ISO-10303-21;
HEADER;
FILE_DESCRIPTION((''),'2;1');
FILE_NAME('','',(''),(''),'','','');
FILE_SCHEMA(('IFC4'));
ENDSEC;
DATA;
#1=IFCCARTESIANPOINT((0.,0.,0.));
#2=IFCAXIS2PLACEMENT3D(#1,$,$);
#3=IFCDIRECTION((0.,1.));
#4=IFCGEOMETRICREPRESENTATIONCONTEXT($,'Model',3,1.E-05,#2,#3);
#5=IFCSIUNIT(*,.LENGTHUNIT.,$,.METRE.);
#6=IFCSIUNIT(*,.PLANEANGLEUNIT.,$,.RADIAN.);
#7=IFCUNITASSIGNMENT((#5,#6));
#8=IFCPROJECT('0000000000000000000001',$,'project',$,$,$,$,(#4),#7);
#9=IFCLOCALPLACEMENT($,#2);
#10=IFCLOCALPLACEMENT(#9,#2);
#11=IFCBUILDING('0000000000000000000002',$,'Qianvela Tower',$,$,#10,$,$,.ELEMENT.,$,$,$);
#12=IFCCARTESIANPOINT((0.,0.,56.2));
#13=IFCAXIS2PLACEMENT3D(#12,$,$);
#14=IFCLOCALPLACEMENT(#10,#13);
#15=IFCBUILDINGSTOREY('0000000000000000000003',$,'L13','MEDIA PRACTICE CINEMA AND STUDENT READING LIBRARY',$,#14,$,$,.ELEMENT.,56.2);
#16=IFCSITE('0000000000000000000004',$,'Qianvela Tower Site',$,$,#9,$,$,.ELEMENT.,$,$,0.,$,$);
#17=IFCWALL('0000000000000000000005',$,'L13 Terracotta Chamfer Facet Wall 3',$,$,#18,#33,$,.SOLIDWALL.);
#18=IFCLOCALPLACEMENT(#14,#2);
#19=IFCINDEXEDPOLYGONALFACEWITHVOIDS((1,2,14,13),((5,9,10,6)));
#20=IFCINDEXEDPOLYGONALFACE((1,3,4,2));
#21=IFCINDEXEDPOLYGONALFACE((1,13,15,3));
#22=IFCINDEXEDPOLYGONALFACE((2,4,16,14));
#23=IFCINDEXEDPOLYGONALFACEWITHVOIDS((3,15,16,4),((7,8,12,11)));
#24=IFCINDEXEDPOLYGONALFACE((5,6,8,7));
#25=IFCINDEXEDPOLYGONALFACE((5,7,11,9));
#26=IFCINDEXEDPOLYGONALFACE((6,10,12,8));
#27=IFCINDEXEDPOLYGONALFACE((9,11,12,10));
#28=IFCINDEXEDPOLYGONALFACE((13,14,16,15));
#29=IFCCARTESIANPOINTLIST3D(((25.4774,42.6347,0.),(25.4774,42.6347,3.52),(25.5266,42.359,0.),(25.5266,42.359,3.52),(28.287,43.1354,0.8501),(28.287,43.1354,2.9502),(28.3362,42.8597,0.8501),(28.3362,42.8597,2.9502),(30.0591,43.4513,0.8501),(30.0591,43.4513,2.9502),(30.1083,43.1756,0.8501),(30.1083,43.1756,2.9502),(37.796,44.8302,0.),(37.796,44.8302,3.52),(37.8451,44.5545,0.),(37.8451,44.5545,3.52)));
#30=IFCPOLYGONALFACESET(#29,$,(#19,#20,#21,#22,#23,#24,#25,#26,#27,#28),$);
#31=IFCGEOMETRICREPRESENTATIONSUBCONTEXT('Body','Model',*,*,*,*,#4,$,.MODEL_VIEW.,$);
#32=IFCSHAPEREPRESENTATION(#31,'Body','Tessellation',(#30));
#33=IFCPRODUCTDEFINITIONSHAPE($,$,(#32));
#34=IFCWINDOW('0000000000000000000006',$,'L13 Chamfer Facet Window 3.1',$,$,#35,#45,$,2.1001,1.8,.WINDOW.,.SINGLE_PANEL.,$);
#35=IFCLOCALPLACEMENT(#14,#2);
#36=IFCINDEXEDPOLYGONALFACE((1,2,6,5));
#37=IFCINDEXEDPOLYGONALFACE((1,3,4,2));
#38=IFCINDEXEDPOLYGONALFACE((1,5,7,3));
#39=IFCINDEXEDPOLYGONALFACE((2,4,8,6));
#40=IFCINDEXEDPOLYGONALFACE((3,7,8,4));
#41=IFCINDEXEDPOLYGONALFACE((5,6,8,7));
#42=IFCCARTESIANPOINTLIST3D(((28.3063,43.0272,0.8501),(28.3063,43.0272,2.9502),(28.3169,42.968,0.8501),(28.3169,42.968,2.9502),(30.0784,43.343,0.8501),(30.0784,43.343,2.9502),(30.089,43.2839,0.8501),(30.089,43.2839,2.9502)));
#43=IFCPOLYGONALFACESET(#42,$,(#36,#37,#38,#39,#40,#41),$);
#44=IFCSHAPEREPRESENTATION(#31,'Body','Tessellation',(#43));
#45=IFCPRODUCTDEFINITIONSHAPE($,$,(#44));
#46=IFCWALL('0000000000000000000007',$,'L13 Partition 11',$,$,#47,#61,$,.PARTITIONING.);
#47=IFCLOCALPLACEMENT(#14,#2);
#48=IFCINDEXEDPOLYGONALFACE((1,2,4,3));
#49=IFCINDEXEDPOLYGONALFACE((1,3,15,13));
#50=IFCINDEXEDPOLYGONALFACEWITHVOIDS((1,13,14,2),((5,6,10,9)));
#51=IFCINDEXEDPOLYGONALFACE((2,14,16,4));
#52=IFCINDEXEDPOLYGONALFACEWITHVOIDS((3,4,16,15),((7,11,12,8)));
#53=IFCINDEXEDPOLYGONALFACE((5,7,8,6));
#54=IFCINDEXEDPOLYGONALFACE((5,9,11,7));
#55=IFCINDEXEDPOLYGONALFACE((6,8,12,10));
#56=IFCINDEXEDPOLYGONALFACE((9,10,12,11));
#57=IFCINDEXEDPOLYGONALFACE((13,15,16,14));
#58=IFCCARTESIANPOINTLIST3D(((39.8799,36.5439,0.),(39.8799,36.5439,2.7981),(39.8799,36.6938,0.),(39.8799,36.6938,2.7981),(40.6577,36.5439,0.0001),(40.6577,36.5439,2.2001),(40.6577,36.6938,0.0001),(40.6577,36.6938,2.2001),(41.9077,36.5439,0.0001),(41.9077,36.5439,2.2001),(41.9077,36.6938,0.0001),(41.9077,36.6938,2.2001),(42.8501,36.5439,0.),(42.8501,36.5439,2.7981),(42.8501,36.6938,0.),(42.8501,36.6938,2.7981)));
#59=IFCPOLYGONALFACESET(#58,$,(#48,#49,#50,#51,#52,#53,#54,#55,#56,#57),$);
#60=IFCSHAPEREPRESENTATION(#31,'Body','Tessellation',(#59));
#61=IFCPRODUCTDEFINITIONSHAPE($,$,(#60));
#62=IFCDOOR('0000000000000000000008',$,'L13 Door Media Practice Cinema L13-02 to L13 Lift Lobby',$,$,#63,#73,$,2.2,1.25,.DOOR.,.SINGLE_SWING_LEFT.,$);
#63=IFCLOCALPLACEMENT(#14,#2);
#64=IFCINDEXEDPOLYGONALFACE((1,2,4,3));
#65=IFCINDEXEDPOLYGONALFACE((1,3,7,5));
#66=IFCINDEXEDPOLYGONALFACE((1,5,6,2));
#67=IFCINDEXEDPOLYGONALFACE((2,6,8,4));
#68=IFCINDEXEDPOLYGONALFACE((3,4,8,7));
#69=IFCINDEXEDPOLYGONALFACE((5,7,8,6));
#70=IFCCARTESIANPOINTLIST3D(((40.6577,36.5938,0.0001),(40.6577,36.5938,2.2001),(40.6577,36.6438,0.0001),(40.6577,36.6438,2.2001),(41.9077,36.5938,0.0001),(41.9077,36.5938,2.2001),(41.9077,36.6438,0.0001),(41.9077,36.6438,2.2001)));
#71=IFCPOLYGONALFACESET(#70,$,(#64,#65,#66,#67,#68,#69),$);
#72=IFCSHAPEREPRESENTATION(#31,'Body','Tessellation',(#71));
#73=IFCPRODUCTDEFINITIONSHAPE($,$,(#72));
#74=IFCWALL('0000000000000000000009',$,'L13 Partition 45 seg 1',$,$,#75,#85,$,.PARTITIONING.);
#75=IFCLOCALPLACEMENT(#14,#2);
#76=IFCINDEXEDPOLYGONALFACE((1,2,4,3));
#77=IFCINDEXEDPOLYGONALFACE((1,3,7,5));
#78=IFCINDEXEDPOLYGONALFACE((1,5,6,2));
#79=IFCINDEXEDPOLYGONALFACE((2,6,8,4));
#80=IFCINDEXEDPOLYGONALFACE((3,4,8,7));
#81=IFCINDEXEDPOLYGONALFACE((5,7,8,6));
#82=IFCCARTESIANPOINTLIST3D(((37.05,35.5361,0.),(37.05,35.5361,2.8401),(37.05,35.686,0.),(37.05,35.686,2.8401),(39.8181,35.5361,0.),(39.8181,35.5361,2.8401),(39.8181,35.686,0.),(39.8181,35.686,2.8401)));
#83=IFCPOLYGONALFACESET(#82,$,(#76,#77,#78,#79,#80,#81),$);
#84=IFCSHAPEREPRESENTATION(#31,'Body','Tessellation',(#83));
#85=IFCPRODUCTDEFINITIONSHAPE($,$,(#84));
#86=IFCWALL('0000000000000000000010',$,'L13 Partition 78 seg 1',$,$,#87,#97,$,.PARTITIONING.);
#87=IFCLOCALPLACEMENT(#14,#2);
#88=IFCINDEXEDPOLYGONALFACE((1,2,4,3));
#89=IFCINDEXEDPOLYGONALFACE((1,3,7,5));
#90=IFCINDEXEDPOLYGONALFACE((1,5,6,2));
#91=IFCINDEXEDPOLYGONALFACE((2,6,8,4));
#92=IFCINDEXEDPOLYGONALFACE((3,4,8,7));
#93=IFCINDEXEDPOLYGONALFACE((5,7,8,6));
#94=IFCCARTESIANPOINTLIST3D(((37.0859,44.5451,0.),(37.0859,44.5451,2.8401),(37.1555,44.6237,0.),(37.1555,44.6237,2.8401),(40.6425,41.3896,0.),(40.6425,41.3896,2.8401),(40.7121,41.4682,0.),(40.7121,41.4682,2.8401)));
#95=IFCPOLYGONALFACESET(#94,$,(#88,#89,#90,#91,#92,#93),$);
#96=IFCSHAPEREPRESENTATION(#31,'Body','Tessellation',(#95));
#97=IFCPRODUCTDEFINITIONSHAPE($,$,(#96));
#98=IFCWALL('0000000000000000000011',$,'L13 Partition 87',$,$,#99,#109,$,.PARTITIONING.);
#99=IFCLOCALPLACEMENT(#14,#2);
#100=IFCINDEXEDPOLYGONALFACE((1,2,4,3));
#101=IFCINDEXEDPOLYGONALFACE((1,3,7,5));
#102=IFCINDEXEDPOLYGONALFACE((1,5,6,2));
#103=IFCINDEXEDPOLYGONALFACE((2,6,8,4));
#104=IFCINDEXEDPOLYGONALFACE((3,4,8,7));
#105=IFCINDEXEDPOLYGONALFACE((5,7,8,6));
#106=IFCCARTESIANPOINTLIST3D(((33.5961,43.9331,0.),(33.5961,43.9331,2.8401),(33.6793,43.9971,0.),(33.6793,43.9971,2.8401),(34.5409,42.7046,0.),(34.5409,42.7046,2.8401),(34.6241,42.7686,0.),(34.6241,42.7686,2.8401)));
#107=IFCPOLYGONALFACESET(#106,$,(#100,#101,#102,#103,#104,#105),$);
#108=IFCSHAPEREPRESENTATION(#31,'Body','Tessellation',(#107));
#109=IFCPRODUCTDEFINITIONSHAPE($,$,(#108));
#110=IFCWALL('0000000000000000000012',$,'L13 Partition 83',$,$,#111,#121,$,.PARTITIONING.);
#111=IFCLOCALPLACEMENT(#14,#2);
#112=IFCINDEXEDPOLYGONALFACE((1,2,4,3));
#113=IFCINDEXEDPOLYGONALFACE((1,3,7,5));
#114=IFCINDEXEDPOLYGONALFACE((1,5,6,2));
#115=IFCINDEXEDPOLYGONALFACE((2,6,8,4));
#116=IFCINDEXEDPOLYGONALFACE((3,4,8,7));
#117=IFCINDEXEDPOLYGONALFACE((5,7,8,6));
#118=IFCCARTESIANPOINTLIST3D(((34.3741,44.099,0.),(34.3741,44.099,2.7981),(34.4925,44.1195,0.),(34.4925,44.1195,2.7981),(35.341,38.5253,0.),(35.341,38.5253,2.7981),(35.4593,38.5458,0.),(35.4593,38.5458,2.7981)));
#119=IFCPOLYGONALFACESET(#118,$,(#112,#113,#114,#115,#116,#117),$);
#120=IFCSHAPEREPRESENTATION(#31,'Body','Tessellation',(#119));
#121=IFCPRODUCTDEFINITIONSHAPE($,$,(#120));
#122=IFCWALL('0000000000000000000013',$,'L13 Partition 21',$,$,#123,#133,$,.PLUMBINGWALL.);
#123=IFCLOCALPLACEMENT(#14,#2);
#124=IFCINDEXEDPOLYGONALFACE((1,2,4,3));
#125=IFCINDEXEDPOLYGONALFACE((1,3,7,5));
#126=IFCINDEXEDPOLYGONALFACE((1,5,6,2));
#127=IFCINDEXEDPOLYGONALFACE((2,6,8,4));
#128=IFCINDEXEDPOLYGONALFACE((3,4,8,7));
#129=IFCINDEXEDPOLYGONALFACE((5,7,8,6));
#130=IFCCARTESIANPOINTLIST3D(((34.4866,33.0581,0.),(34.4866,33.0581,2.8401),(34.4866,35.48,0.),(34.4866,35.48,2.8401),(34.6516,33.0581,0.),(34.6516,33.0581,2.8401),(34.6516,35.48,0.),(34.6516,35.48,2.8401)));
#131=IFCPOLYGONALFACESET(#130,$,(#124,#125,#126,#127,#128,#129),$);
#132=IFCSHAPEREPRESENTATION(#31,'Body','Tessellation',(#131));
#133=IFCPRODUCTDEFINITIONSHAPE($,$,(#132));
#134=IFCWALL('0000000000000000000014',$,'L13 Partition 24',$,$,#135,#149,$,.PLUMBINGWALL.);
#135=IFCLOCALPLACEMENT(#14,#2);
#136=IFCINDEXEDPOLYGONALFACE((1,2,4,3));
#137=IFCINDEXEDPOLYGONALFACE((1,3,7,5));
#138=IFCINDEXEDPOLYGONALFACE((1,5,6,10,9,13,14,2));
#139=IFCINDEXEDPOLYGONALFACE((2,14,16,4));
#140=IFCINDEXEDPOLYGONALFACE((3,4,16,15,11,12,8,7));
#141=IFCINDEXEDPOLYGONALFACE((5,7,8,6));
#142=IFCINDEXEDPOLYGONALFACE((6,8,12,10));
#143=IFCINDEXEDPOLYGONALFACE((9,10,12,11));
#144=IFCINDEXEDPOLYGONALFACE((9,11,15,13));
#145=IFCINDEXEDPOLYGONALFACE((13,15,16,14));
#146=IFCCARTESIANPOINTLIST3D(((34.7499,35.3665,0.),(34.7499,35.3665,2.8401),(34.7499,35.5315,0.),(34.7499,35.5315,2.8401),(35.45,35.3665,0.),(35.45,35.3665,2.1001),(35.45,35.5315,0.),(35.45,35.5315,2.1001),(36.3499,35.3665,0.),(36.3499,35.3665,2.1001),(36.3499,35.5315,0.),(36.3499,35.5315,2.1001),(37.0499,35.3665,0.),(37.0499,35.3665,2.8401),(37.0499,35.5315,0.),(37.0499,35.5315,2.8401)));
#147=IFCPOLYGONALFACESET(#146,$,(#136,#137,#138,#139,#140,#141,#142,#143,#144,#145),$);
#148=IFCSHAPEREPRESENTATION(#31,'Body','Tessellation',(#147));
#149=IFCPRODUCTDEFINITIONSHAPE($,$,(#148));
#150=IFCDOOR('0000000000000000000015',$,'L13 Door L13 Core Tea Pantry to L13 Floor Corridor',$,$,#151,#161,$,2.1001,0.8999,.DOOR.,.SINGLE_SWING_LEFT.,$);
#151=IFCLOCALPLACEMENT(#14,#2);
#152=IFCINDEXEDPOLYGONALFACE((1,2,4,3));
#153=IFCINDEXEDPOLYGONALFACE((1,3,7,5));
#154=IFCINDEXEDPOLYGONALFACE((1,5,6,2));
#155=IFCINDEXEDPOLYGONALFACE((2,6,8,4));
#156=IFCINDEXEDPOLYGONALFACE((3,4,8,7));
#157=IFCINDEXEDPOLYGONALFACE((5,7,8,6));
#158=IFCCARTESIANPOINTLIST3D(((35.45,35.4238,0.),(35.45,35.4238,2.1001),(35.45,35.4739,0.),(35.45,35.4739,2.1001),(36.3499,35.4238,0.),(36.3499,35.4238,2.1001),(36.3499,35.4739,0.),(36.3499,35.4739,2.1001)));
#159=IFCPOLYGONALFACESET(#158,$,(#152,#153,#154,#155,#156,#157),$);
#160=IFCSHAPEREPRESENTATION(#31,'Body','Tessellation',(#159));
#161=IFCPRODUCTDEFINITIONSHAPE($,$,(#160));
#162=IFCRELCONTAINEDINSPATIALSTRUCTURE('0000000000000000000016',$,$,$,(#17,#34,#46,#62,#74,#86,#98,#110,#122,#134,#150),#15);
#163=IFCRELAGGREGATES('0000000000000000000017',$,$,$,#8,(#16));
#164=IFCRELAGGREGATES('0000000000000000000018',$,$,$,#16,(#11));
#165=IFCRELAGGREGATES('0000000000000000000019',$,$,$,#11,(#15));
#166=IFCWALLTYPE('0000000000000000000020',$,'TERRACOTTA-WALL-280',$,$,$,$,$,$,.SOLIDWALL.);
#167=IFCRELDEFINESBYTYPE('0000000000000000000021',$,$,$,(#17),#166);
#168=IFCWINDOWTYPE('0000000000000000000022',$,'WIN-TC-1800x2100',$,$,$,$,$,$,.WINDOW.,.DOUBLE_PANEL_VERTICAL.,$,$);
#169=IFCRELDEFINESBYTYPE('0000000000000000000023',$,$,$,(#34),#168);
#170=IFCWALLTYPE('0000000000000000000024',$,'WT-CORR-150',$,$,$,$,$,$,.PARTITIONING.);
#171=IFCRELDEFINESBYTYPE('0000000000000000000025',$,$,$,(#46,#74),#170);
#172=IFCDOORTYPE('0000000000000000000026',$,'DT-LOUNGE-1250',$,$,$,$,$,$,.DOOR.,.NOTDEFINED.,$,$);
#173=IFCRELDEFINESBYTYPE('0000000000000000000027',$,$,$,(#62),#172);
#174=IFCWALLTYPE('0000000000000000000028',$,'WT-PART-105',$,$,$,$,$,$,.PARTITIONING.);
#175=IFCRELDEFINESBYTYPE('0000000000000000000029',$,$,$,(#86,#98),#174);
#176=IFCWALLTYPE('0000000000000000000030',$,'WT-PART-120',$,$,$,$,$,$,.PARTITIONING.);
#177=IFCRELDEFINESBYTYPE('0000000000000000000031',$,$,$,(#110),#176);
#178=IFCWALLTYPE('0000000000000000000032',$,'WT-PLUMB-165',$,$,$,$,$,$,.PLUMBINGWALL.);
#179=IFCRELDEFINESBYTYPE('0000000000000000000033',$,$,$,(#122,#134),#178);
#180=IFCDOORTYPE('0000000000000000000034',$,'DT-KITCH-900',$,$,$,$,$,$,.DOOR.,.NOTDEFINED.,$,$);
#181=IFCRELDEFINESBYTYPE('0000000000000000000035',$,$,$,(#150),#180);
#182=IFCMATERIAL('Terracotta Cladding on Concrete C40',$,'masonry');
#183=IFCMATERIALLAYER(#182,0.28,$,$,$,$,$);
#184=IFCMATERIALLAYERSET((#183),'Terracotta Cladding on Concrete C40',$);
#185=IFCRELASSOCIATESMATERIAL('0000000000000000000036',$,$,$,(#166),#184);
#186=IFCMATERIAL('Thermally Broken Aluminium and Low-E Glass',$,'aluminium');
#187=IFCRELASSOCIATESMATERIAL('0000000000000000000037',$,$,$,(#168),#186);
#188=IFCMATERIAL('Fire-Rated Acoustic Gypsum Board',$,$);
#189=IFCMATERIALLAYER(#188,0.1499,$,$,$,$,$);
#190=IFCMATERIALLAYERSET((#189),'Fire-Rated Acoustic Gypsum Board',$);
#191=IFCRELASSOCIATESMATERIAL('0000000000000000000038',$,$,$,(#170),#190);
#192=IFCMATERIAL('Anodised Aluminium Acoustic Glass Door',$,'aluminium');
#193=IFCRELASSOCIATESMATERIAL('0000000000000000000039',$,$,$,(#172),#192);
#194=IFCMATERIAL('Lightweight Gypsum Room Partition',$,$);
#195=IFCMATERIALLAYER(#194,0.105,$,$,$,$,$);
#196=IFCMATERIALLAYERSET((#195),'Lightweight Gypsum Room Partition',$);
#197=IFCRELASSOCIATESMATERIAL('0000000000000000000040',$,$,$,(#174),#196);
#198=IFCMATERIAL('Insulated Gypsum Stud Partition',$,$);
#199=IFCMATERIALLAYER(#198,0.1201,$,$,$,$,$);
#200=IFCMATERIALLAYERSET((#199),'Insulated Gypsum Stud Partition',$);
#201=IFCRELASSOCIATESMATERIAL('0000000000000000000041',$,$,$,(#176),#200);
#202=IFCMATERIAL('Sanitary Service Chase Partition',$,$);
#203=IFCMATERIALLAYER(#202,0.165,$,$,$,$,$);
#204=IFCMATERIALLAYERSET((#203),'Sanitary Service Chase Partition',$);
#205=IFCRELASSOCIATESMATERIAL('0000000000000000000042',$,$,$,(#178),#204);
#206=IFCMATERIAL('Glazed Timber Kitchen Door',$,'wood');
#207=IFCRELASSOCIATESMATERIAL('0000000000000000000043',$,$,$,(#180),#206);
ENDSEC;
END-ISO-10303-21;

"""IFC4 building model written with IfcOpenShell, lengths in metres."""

from ifc_helpers import new_model, si_unit, direction, frame, frame_2d, origin, place, context, subcontext, project, spatial, rectangle, extrude, material, layer, layer_set, type_object, element, fill, save


model = new_model("IFC4")

# Units and contexts
model_context = context("Model", 3, precision=1e-05, world=origin(), true_north=direction((0.0, 1.0)))
body_context = subcontext(model_context, "Body", "Model", "MODEL_VIEW")
ifc_project = project(units=[si_unit("LENGTHUNIT", "METRE"), si_unit("PLANEANGLEUNIT", "RADIAN")], contexts=[model_context])

# Site, building, storey
site_placement = place(None, origin())
site = spatial("IfcSite", under=ifc_project, at=site_placement, Name="Qianvela Tower Site", CompositionType="ELEMENT", RefElevation=0.0)
building_placement = place(site_placement, origin())
building = spatial("IfcBuilding", under=site, at=building_placement, Name="Qianvela Tower", CompositionType="ELEMENT")
storey_placement = place(building_placement, frame((0.0, 0.0, 56.2)))
storey = spatial("IfcBuildingStorey", under=building, at=storey_placement, Name="L13", Description="MEDIA PRACTICE CINEMA AND STUDENT READING LIBRARY", CompositionType="ELEMENT", Elevation=56.2)

# Wall, opening, window
ifc_material_1 = material(Name="Terracotta Cladding on Concrete C40", Category="masonry")
ifc_layer_1 = layer(ifc_material_1, 0.28)
ifc_layer_set_1 = layer_set([ifc_layer_1], Name="Terracotta Cladding on Concrete C40")
wall_type_1 = type_object("IfcWallType", Name="TERRACOTTA-WALL-280", PredefinedType="SOLIDWALL", material=ifc_layer_set_1)
wall_1_placement = place(storey_placement, frame((37.8206, 44.6924, 0.0), z_axis=(0.0, 0.0, 1.0), x_axis=(-0.984486, -0.175466, 0.0)))
wall_1 = element("IfcWall", 1, at=wall_1_placement, inside=storey, type_object=wall_type_1, Name="L13 Terracotta Chamfer Facet Wall 3", PredefinedType="SOLIDWALL", context=body_context, shape_type="SweptSolid", body=[
    extrude(rectangle(XDim=12.5127, YDim=0.28, at=frame_2d((6.2563, 0.0))), origin(), (0.0, 0.0, 1.0), 3.52),
])
opening_1_placement = place(wall_1_placement, frame((7.8589, 0.0, 0.8501)))
opening_1 = element("IfcOpeningElement", 2, at=opening_1_placement, cuts=wall_1, PredefinedType="OPENING", context=body_context, shape_type="SweptSolid", body=[
    extrude(rectangle(XDim=1.8, YDim=2.1001, at=frame_2d((0.8999, 1.05))), frame((0.0, 0.1499, 0.0), z_axis=(0.0, -1.0, 0.0), x_axis=(1.0, 0.0, 0.0)), (0.0, 0.0, 1.0), 0.3),
])
ifc_material_2 = material(Name="Thermally Broken Aluminium and Low-E Glass", Category="aluminium")
window_type = type_object("IfcWindowType", Name="WIN-TC-1800x2100", PartitioningType="DOUBLE_PANEL_VERTICAL", PredefinedType="WINDOW", material=ifc_material_2)
window_placement = place(opening_1_placement, origin())
window = element("IfcWindow", 3, at=window_placement, inside=storey, type_object=window_type, Name="L13 Chamfer Facet Window 3.1", OverallHeight=2.1001, OverallWidth=1.8, PartitioningType="SINGLE_PANEL", PredefinedType="WINDOW", context=body_context, shape_type="SweptSolid", body=[
    extrude(rectangle(XDim=1.8, YDim=2.1001, at=frame_2d((0.8999, 1.05))), frame((0.0, 0.03, 0.0), z_axis=(0.0, -1.0, 0.0), x_axis=(1.0, 0.0, 0.0)), (0.0, 0.0, 1.0), 0.0601),
])
fill(opening_1, window)

# Wall, opening, door
ifc_material_3 = material(Name="Fire-Rated Acoustic Gypsum Board")
ifc_layer_2 = layer(ifc_material_3, 0.1499)
ifc_layer_set_2 = layer_set([ifc_layer_2], Name="Fire-Rated Acoustic Gypsum Board")
wall_type_2 = type_object("IfcWallType", Name="WT-CORR-150", PredefinedType="PARTITIONING", material=ifc_layer_set_2)
wall_2_placement = place(storey_placement, frame((39.8799, 36.6189, 0.0), z_axis=(0.0, 0.0, 1.0), x_axis=(1.0, 0.0, 0.0)))
wall_2 = element("IfcWall", 4, at=wall_2_placement, inside=storey, type_object=wall_type_2, Name="L13 Partition 11", PredefinedType="PARTITIONING", context=body_context, shape_type="SweptSolid", body=[
    extrude(rectangle(XDim=2.9702, YDim=0.1499, at=frame_2d((1.4851, 0.0))), origin(), (0.0, 0.0, 1.0), 2.7981),
])
opening_2_placement = place(wall_2_placement, frame((0.7778, 0.0, 0.0)))
opening_2 = element("IfcOpeningElement", 5, at=opening_2_placement, cuts=wall_2, PredefinedType="OPENING", context=body_context, shape_type="SweptSolid", body=[
    extrude(rectangle(XDim=1.25, YDim=2.2, at=frame_2d((0.625, 1.1001))), frame((0.0, 0.085, 0.0), z_axis=(0.0, -1.0, 0.0), x_axis=(1.0, 0.0, 0.0)), (0.0, 0.0, 1.0), 0.1699),
])
ifc_material_4 = material(Name="Anodised Aluminium Acoustic Glass Door", Category="aluminium")
door_type_1 = type_object("IfcDoorType", Name="DT-LOUNGE-1250", OperationType="NOTDEFINED", PredefinedType="DOOR", material=ifc_material_4)
door_1_placement = place(opening_2_placement, origin())
door_1 = element("IfcDoor", 6, at=door_1_placement, inside=storey, type_object=door_type_1, Name="L13 Door Media Practice Cinema L13-02 to L13 Lift Lobby", OperationType="SINGLE_SWING_LEFT", OverallHeight=2.2, OverallWidth=1.25, PredefinedType="DOOR", context=body_context, shape_type="SweptSolid", body=[
    extrude(rectangle(XDim=1.25, YDim=2.2, at=frame_2d((0.625, 1.1001))), frame((0.0, 0.0249, 0.0), z_axis=(0.0, -1.0, 0.0), x_axis=(1.0, 0.0, 0.0)), (0.0, 0.0, 1.0), 0.05),
])
fill(opening_2, door_1)

# Walls
wall_3_placement = place(storey_placement, frame((39.8181, 35.6111, 0.0), z_axis=(0.0, 0.0, 1.0), x_axis=(-1.0, 0.0, 0.0)))
element("IfcWall", 7, at=wall_3_placement, inside=storey, type_object=wall_type_2, Name="L13 Partition 45 seg 1", PredefinedType="PARTITIONING", context=body_context, shape_type="SweptSolid", body=[
    extrude(rectangle(XDim=2.7681, YDim=0.1499, at=frame_2d((1.384, 0.0))), origin(), (0.0, 0.0, 1.0), 2.8401),
])
ifc_material_5 = material(Name="Lightweight Gypsum Room Partition")
ifc_layer_3 = layer(ifc_material_5, 0.105)
ifc_layer_set_3 = layer_set([ifc_layer_3], Name="Lightweight Gypsum Room Partition")
wall_type_3 = type_object("IfcWallType", Name="WT-PART-105", PredefinedType="PARTITIONING", material=ifc_layer_set_3)
wall_4_placement = place(storey_placement, frame((37.1206, 44.5845, 0.0), z_axis=(0.0, 0.0, 1.0), x_axis=(0.748029, -0.663666, 0.0)))
element("IfcWall", 8, at=wall_4_placement, inside=storey, type_object=wall_type_3, Name="L13 Partition 78 seg 1", PredefinedType="PARTITIONING", context=body_context, shape_type="SweptSolid", body=[
    extrude(rectangle(XDim=4.7546, YDim=0.105, at=frame_2d((2.3774, 0.0))), origin(), (0.0, 0.0, 1.0), 2.8401),
])
wall_5_placement = place(storey_placement, frame((34.5825, 42.7366, 0.0), z_axis=(0.0, 0.0, 1.0), x_axis=(-0.609635, 0.792683, 0.0)))
element("IfcWall", 9, at=wall_5_placement, inside=storey, type_object=wall_type_3, Name="L13 Partition 87", PredefinedType="PARTITIONING", context=body_context, shape_type="SweptSolid", body=[
    extrude(rectangle(XDim=1.5498, YDim=0.105, at=frame_2d((0.7749, 0.0))), origin(), (0.0, 0.0, 1.0), 2.8401),
])
ifc_material_6 = material(Name="Insulated Gypsum Stud Partition")
ifc_layer_4 = layer(ifc_material_6, 0.1201)
ifc_layer_set_4 = layer_set([ifc_layer_4], Name="Insulated Gypsum Stud Partition")
wall_type_4 = type_object("IfcWallType", Name="WT-PART-120", PredefinedType="PARTITIONING", material=ifc_layer_set_4)
wall_6_placement = place(storey_placement, frame((35.4001, 38.5354, 0.0), z_axis=(0.0, 0.0, 1.0), x_axis=(-0.170904, 0.985288, 0.0)))
element("IfcWall", 10, at=wall_6_placement, inside=storey, type_object=wall_type_4, Name="L13 Partition 83", PredefinedType="PARTITIONING", context=body_context, shape_type="SweptSolid", body=[
    extrude(rectangle(XDim=5.657, YDim=0.1201, at=frame_2d((2.8286, 0.0))), origin(), (0.0, 0.0, 1.0), 2.7981),
])
ifc_material_7 = material(Name="Sanitary Service Chase Partition")
ifc_layer_5 = layer(ifc_material_7, 0.165)
ifc_layer_set_5 = layer_set([ifc_layer_5], Name="Sanitary Service Chase Partition")
wall_type_5 = type_object("IfcWallType", Name="WT-PLUMB-165", PredefinedType="PLUMBINGWALL", material=ifc_layer_set_5)
wall_7_placement = place(storey_placement, frame((34.5691, 35.48, 0.0), z_axis=(0.0, 0.0, 1.0), x_axis=(0.0, -1.0, 0.0)))
element("IfcWall", 11, at=wall_7_placement, inside=storey, type_object=wall_type_5, Name="L13 Partition 21", PredefinedType="PLUMBINGWALL", context=body_context, shape_type="SweptSolid", body=[
    extrude(rectangle(XDim=2.4219, YDim=0.165, at=frame_2d((1.2109, 0.0))), origin(), (0.0, 0.0, 1.0), 2.8401),
])

# Wall, opening, door
wall_8_placement = place(storey_placement, frame((34.75, 35.449, 0.0), z_axis=(0.0, 0.0, 1.0), x_axis=(1.0, 0.0, 0.0)))
wall_8 = element("IfcWall", 12, at=wall_8_placement, inside=storey, type_object=wall_type_5, Name="L13 Partition 24", PredefinedType="PLUMBINGWALL", context=body_context, shape_type="SweptSolid", body=[
    extrude(rectangle(XDim=2.3, YDim=0.165, at=frame_2d((1.1499, 0.0))), origin(), (0.0, 0.0, 1.0), 2.8401),
])
opening_3_placement = place(wall_8_placement, frame((0.7, 0.0, 0.0)))
opening_3 = element("IfcOpeningElement", 13, at=opening_3_placement, cuts=wall_8, PredefinedType="OPENING", context=body_context, shape_type="SweptSolid", body=[
    extrude(rectangle(XDim=0.8999, YDim=2.1001, at=frame_2d((0.45, 1.05))), frame((0.0, 0.0925, 0.0), z_axis=(0.0, -1.0, 0.0), x_axis=(1.0, 0.0, 0.0)), (0.0, 0.0, 1.0), 0.1851),
])
ifc_material_8 = material(Name="Glazed Timber Kitchen Door", Category="wood")
door_type_2 = type_object("IfcDoorType", Name="DT-KITCH-900", OperationType="NOTDEFINED", PredefinedType="DOOR", material=ifc_material_8)
door_2_placement = place(opening_3_placement, origin())
door_2 = element("IfcDoor", 14, at=door_2_placement, inside=storey, type_object=door_type_2, Name="L13 Door L13 Core Tea Pantry to L13 Floor Corridor", OperationType="SINGLE_SWING_LEFT", OverallHeight=2.1001, OverallWidth=0.8999, PredefinedType="DOOR", context=body_context, shape_type="SweptSolid", body=[
    extrude(rectangle(XDim=0.8999, YDim=2.1001, at=frame_2d((0.45, 1.05))), frame((0.0, 0.0249, 0.0), z_axis=(0.0, -1.0, 0.0), x_axis=(1.0, 0.0, 0.0)), (0.0, 0.0, 1.0), 0.05),
])
fill(opening_3, door_2)

save(model, "model.ifc")
